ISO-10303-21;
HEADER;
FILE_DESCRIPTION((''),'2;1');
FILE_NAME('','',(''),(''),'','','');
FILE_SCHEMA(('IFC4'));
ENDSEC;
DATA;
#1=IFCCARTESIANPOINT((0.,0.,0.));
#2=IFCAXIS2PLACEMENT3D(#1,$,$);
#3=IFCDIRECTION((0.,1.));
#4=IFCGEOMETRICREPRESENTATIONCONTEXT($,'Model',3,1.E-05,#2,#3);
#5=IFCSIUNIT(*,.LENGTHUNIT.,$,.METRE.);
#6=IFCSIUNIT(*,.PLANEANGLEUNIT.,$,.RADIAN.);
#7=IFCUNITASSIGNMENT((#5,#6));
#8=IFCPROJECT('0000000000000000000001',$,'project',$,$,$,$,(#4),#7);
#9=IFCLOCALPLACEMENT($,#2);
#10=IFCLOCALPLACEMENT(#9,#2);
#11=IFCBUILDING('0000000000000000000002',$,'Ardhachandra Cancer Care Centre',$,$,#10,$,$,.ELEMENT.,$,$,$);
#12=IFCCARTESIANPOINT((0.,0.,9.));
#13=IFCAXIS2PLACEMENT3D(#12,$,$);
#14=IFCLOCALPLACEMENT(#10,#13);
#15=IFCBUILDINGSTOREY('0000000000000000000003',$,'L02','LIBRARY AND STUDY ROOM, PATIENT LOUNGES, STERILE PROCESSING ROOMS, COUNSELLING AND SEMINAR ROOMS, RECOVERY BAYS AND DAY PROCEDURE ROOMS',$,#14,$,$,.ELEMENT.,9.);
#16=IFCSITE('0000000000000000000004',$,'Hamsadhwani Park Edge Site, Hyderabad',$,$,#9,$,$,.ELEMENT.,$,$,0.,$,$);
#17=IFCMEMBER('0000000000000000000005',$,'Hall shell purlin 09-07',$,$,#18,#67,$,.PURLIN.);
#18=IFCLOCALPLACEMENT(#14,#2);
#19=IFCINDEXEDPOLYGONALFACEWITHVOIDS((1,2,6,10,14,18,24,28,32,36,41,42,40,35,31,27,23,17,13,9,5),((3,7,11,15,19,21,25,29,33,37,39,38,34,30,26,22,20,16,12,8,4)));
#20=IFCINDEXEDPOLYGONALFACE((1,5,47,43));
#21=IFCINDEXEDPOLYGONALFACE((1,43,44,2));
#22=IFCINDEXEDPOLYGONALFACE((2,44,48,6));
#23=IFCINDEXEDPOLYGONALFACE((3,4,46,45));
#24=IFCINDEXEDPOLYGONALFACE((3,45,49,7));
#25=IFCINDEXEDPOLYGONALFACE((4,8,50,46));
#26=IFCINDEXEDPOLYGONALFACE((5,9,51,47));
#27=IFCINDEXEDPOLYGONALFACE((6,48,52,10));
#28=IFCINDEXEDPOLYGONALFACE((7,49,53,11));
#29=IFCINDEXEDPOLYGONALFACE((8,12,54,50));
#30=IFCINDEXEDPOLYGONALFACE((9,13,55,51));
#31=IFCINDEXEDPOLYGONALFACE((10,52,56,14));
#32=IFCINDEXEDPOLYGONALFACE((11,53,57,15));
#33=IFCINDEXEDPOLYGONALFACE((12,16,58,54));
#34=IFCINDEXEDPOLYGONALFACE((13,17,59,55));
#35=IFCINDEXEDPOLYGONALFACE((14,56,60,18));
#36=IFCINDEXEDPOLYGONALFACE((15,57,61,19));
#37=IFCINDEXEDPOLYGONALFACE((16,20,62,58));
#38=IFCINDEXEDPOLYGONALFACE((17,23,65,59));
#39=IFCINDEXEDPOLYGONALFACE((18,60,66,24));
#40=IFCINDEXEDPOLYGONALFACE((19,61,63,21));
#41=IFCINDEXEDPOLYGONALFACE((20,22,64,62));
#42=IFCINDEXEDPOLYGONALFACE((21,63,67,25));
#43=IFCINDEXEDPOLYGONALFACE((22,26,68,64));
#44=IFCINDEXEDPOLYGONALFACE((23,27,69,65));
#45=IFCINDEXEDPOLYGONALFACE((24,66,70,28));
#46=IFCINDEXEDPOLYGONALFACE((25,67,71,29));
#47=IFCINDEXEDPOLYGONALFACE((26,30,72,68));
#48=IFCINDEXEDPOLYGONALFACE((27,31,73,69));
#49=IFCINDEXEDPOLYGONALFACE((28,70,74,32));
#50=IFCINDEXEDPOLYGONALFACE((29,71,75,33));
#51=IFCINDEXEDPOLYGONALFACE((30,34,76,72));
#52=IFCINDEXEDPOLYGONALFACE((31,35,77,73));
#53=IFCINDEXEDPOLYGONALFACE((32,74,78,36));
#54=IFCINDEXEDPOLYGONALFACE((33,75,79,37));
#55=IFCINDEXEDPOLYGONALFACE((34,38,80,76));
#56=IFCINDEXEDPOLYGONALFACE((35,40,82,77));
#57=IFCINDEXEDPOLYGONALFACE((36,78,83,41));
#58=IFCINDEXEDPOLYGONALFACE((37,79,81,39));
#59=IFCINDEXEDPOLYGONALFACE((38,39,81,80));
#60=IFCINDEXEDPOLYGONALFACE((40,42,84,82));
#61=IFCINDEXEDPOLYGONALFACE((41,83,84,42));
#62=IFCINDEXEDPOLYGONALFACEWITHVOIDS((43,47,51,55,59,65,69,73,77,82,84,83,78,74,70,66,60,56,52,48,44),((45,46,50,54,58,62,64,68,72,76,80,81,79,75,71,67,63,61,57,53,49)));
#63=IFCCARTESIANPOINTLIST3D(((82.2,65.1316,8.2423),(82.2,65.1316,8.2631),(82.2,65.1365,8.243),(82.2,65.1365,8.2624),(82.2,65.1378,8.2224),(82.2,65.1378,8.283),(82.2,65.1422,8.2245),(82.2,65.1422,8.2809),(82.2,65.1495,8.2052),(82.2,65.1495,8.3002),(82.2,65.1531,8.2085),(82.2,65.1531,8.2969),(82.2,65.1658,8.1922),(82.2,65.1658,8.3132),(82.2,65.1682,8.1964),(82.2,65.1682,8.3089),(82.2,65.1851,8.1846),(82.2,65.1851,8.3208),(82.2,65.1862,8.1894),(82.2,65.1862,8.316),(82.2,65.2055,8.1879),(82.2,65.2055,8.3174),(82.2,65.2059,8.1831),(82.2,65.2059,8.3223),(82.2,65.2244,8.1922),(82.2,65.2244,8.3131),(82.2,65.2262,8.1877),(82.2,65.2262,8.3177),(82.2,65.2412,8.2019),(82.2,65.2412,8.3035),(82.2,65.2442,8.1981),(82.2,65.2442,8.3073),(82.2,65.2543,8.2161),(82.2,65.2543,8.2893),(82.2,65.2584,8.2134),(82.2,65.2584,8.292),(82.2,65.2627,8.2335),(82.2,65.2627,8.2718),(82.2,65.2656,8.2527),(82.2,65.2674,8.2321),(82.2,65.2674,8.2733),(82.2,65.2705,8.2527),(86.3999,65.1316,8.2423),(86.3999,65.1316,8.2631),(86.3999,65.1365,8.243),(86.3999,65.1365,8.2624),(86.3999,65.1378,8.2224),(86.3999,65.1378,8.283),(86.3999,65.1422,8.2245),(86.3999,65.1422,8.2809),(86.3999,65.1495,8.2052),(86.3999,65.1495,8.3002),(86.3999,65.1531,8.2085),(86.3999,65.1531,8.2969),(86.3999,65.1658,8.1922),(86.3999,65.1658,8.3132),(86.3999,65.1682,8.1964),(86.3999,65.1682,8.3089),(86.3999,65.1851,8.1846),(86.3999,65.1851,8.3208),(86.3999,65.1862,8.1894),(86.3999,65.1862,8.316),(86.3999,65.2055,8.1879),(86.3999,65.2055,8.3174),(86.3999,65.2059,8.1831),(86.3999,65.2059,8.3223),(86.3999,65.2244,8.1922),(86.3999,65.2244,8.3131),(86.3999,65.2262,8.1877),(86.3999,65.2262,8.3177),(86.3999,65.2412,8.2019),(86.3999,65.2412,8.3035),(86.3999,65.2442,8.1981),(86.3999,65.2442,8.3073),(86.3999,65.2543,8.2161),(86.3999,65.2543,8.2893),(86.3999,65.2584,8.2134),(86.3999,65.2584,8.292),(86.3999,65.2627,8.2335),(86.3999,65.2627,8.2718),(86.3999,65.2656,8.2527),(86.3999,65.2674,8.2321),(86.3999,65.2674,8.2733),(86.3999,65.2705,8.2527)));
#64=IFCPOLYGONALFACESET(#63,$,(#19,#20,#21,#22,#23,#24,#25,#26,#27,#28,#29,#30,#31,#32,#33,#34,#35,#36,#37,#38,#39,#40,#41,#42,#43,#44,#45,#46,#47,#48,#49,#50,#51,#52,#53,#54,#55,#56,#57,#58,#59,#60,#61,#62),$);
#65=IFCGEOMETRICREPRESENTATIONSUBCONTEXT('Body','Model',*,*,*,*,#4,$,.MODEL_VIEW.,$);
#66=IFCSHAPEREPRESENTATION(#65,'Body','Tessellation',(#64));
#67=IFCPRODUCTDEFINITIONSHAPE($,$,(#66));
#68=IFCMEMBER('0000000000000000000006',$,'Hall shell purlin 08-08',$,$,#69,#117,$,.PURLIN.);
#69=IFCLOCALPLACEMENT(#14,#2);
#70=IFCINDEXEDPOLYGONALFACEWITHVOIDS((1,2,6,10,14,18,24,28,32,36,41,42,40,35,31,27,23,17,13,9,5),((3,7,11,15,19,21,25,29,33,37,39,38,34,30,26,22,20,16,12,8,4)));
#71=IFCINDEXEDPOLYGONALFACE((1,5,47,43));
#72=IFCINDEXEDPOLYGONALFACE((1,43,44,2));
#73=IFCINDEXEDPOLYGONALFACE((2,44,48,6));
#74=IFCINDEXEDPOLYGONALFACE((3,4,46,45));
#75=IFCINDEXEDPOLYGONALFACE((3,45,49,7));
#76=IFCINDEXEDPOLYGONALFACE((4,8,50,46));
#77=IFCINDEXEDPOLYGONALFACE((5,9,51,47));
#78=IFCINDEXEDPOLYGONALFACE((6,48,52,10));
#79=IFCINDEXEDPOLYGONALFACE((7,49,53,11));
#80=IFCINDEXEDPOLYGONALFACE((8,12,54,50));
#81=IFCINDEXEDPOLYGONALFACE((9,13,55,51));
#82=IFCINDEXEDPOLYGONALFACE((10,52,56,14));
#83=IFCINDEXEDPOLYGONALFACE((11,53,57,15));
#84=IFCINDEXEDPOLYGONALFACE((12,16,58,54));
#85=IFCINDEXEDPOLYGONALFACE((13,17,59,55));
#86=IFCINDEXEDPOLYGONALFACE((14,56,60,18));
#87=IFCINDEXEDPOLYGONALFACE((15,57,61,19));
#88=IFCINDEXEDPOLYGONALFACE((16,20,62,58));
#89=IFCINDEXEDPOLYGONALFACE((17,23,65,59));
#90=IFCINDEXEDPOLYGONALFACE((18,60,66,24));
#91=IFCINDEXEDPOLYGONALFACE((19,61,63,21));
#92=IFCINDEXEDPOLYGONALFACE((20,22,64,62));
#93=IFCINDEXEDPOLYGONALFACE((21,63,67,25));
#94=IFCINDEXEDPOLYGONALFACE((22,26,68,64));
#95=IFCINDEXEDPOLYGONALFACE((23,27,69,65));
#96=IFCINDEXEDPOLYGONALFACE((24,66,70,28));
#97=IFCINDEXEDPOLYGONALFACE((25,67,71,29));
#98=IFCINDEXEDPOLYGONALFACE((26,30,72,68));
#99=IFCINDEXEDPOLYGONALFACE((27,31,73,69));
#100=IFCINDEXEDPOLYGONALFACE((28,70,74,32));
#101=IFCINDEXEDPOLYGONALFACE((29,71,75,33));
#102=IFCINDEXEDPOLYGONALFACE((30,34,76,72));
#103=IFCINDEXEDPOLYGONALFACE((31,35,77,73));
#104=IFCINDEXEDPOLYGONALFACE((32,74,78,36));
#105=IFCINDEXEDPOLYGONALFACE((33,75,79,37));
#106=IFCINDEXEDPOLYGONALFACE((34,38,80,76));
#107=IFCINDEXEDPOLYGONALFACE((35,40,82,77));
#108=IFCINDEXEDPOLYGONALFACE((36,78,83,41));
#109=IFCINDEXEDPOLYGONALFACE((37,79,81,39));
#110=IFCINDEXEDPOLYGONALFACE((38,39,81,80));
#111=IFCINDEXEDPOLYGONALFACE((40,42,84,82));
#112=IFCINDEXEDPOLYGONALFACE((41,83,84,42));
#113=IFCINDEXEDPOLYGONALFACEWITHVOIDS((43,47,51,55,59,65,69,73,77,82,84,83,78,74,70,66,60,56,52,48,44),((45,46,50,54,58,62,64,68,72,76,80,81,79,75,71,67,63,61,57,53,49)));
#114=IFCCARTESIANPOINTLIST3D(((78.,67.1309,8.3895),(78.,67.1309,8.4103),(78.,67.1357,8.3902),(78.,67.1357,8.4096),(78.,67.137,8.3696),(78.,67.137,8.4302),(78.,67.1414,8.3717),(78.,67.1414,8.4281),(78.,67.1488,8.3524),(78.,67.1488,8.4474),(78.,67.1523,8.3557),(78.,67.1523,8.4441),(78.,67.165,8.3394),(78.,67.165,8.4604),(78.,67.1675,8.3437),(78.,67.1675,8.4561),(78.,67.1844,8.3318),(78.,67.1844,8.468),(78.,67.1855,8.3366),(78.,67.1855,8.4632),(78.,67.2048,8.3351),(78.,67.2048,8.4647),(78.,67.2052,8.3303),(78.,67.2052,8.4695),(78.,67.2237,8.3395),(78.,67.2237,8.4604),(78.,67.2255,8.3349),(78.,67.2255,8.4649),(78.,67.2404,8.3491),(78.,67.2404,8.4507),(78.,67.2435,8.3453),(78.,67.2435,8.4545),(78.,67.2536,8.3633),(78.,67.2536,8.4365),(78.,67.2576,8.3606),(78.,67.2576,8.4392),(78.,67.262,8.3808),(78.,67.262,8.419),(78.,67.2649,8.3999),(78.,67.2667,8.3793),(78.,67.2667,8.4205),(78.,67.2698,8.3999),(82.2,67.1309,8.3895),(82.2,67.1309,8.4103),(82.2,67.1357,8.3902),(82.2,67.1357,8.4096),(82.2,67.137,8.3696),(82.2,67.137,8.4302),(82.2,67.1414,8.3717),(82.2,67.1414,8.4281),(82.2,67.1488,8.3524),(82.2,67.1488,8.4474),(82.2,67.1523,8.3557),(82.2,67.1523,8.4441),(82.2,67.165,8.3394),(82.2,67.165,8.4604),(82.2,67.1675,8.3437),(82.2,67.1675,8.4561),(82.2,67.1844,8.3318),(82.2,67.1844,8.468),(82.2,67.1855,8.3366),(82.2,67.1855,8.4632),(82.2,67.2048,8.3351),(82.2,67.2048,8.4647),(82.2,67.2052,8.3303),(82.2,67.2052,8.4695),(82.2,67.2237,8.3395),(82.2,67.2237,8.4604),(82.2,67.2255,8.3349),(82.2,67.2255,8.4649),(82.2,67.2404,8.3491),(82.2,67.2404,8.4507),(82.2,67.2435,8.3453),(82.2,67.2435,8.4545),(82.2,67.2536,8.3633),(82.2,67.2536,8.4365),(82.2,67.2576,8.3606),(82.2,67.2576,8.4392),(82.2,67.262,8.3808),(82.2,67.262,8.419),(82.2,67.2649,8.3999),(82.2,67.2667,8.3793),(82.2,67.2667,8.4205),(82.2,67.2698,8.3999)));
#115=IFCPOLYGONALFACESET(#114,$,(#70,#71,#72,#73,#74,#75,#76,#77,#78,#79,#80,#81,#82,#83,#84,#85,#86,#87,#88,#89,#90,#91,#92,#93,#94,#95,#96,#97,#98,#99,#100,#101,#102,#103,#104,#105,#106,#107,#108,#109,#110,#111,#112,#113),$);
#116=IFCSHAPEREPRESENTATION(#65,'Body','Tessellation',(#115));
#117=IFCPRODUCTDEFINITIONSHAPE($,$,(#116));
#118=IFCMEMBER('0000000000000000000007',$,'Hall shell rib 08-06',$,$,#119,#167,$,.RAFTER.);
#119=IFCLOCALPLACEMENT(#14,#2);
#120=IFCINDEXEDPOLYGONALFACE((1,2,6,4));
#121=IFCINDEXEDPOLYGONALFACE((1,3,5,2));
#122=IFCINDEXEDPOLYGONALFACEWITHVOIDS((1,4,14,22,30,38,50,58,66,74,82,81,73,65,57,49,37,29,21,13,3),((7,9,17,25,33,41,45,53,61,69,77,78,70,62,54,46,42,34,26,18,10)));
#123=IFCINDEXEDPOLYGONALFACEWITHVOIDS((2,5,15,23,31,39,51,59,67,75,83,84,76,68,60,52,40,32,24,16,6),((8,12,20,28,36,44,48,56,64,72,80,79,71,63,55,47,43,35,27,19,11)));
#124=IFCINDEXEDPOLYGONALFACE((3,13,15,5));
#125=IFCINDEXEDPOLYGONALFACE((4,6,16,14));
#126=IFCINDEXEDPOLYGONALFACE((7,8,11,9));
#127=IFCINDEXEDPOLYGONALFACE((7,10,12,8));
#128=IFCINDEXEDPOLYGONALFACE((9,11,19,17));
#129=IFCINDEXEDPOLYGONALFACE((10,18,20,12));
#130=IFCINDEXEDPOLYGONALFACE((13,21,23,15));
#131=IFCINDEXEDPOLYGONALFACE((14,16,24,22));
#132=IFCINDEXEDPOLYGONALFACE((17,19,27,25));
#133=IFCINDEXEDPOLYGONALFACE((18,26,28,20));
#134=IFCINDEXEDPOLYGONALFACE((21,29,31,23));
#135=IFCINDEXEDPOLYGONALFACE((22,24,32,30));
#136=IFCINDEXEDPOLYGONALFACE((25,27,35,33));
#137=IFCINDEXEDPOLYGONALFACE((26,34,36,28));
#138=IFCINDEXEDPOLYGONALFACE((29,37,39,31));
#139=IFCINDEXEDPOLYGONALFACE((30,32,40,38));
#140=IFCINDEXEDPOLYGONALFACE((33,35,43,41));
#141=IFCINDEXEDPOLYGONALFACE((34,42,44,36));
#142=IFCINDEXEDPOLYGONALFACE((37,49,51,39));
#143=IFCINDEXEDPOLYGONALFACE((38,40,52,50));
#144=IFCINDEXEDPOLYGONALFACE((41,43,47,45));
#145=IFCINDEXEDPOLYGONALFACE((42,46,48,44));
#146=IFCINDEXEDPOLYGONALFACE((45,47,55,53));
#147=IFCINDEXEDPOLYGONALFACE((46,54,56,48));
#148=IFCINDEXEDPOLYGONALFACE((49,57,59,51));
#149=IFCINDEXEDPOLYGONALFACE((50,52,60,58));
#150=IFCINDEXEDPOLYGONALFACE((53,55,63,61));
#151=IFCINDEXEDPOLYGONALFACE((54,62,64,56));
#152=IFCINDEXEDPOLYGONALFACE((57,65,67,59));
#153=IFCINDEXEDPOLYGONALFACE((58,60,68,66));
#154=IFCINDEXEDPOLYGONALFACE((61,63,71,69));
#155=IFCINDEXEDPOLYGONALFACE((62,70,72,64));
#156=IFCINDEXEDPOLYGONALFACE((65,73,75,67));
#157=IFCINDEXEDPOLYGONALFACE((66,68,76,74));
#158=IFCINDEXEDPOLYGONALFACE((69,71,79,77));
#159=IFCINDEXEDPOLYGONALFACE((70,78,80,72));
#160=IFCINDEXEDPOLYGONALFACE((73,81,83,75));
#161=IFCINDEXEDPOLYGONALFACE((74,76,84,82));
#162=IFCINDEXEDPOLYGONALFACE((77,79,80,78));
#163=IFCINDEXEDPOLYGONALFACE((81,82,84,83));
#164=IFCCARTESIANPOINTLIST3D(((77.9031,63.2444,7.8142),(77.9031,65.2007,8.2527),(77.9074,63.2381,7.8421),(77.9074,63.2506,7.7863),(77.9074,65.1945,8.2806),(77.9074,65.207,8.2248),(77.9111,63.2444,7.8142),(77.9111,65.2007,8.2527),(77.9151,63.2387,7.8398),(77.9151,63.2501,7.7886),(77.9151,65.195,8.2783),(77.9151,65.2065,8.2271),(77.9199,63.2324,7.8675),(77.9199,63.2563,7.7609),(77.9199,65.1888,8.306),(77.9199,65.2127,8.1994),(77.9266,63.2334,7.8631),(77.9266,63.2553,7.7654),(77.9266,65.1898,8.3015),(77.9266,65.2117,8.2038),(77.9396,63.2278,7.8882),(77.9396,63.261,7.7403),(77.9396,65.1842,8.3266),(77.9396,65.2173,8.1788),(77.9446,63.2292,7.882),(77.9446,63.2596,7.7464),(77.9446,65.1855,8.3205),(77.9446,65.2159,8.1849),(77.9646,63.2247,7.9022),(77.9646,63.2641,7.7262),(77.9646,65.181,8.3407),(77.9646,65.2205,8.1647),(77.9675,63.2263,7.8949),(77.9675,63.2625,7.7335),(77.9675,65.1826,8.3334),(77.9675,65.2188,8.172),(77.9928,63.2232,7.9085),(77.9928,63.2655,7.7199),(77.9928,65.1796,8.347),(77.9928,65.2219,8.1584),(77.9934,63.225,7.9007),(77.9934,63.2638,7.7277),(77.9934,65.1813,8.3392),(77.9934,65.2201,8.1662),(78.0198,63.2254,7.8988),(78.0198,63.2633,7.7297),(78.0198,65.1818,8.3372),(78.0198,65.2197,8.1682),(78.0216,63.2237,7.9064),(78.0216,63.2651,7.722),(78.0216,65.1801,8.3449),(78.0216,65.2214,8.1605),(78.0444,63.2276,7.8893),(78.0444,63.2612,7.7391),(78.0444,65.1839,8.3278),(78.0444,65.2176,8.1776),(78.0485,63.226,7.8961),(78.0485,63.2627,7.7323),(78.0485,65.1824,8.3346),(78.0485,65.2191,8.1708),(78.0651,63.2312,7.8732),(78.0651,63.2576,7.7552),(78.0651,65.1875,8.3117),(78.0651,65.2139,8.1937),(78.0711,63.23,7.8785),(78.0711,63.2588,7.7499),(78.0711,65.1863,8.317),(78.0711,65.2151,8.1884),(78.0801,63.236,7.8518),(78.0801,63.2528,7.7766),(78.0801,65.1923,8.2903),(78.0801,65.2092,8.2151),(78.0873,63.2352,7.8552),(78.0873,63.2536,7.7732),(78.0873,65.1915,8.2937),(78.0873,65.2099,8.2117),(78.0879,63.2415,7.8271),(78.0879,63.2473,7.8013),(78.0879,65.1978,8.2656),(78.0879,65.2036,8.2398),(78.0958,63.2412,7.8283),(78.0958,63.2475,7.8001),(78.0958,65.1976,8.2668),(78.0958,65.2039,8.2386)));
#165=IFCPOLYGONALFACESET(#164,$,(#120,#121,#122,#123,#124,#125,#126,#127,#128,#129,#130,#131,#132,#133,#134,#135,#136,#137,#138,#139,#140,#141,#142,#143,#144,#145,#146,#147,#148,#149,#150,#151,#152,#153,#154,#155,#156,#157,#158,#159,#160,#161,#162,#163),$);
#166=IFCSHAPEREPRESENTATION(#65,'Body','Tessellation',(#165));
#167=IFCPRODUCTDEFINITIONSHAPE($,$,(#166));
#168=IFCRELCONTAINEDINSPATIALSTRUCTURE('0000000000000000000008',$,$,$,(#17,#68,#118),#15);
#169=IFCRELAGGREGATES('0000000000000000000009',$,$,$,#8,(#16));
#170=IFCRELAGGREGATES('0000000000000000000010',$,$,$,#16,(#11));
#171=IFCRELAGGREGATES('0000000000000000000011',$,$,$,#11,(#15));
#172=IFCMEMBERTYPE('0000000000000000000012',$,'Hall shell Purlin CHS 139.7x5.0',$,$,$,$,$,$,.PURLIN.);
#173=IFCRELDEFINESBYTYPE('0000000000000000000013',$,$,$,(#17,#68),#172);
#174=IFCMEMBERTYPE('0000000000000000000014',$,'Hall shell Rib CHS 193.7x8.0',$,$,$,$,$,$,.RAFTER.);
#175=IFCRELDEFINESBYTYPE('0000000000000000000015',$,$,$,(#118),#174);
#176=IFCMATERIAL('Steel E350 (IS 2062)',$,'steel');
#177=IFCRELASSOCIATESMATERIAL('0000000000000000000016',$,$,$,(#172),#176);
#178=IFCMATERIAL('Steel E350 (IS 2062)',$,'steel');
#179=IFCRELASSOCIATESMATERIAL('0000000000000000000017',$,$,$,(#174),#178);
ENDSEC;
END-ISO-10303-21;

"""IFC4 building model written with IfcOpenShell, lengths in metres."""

from ifc_helpers import new_model, si_unit, direction, frame, origin, origin_2d, place, context, subcontext, project, spatial, hollow_circle, extrude, material, material_profile, profile_set, type_object, element, save


model = new_model("IFC4")

# Units and contexts
model_context = context("Model", 3, precision=1e-05, world=origin(), true_north=direction((0.0, 1.0)))
body_context = subcontext(model_context, "Body", "Model", "MODEL_VIEW")
ifc_project = project(units=[si_unit("LENGTHUNIT", "METRE"), si_unit("PLANEANGLEUNIT", "RADIAN")], contexts=[model_context])

# Site, building, storey
site_placement = place(None, origin())
site = spatial("IfcSite", under=ifc_project, at=site_placement, Name="Hamsadhwani Park Edge Site, Hyderabad", CompositionType="ELEMENT", RefElevation=0.0)
building_placement = place(site_placement, origin())
building = spatial("IfcBuilding", under=site, at=building_placement, Name="Ardhachandra Cancer Care Centre", CompositionType="ELEMENT")
storey_placement = place(building_placement, frame((0.0, 0.0, 9.0)))
storey = spatial("IfcBuildingStorey", under=building, at=storey_placement, Name="L02", Description="LIBRARY AND STUDY ROOM, PATIENT LOUNGES, STERILE PROCESSING ROOMS, COUNSELLING AND SEMINAR ROOMS, RECOVERY BAYS AND DAY PROCEDURE ROOMS", CompositionType="ELEMENT", Elevation=9.0)

# Members
ifc_material_1 = material(Name="Steel E350 (IS 2062)", Category="steel")
ifc_material_profile_1 = material_profile(ifc_material_1, hollow_circle(Radius=0.0698, WallThickness=0.0049, at=origin_2d()), Name="CHS 139.7x5.0")
ifc_profile_set_1 = profile_set([ifc_material_profile_1], Name="Steel E350 (IS 2062)")
member_type_1 = type_object("IfcMemberType", Name="Hall shell Purlin CHS 139.7x5.0", PredefinedType="PURLIN", material=ifc_profile_set_1)
for number, where, z_axis, x_axis, name in (
    (1, (82.2, 65.2007, 8.2527), (1.0, 0.0, 0.0), (0.0, 1.0, 0.0), "Hall shell purlin 09-07"),
    (2, (78.0, 67.2, 8.3999), (1.0, 0.0, 0.0), (0.0, 1.0, 0.0), "Hall shell purlin 08-08"),
):
    element("IfcMember", number, at=place(storey_placement, frame(where, z_axis=z_axis, x_axis=x_axis)), inside=storey, type_object=member_type_1, Name=name, PredefinedType="PURLIN", context=body_context, shape_type="SweptSolid", body=[
        extrude(hollow_circle(Radius=0.0698, WallThickness=0.0049, at=origin_2d()), origin(), (0.0, 0.0, 1.0), 4.2),
    ])
ifc_material_2 = material(Name="Steel E350 (IS 2062)", Category="steel")
ifc_material_profile_2 = material_profile(ifc_material_2, hollow_circle(Radius=0.0969, WallThickness=0.0081, at=origin_2d()), Name="CHS 193.7x8.0")
ifc_profile_set_2 = profile_set([ifc_material_profile_2], Name="Steel E350 (IS 2062)")
member_type_2 = type_object("IfcMemberType", Name="Hall shell Rib CHS 193.7x8.0", PredefinedType="RAFTER", material=ifc_profile_set_2)
member_1_placement = place(storey_placement, frame((78.0, 63.2444, 7.8142), z_axis=(0.0, 0.97579, 0.218709), x_axis=(-1.0, 0.0, 0.0)))
element("IfcMember", 3, at=member_1_placement, inside=storey, type_object=member_type_2, Name="Hall shell rib 08-06", PredefinedType="RAFTER", context=body_context, shape_type="SweptSolid", body=[
    extrude(hollow_circle(Radius=0.0969, WallThickness=0.0081, at=origin_2d()), origin(), (0.0, 0.0, 1.0), 2.0049),
])

save(model, "model.ifc")
